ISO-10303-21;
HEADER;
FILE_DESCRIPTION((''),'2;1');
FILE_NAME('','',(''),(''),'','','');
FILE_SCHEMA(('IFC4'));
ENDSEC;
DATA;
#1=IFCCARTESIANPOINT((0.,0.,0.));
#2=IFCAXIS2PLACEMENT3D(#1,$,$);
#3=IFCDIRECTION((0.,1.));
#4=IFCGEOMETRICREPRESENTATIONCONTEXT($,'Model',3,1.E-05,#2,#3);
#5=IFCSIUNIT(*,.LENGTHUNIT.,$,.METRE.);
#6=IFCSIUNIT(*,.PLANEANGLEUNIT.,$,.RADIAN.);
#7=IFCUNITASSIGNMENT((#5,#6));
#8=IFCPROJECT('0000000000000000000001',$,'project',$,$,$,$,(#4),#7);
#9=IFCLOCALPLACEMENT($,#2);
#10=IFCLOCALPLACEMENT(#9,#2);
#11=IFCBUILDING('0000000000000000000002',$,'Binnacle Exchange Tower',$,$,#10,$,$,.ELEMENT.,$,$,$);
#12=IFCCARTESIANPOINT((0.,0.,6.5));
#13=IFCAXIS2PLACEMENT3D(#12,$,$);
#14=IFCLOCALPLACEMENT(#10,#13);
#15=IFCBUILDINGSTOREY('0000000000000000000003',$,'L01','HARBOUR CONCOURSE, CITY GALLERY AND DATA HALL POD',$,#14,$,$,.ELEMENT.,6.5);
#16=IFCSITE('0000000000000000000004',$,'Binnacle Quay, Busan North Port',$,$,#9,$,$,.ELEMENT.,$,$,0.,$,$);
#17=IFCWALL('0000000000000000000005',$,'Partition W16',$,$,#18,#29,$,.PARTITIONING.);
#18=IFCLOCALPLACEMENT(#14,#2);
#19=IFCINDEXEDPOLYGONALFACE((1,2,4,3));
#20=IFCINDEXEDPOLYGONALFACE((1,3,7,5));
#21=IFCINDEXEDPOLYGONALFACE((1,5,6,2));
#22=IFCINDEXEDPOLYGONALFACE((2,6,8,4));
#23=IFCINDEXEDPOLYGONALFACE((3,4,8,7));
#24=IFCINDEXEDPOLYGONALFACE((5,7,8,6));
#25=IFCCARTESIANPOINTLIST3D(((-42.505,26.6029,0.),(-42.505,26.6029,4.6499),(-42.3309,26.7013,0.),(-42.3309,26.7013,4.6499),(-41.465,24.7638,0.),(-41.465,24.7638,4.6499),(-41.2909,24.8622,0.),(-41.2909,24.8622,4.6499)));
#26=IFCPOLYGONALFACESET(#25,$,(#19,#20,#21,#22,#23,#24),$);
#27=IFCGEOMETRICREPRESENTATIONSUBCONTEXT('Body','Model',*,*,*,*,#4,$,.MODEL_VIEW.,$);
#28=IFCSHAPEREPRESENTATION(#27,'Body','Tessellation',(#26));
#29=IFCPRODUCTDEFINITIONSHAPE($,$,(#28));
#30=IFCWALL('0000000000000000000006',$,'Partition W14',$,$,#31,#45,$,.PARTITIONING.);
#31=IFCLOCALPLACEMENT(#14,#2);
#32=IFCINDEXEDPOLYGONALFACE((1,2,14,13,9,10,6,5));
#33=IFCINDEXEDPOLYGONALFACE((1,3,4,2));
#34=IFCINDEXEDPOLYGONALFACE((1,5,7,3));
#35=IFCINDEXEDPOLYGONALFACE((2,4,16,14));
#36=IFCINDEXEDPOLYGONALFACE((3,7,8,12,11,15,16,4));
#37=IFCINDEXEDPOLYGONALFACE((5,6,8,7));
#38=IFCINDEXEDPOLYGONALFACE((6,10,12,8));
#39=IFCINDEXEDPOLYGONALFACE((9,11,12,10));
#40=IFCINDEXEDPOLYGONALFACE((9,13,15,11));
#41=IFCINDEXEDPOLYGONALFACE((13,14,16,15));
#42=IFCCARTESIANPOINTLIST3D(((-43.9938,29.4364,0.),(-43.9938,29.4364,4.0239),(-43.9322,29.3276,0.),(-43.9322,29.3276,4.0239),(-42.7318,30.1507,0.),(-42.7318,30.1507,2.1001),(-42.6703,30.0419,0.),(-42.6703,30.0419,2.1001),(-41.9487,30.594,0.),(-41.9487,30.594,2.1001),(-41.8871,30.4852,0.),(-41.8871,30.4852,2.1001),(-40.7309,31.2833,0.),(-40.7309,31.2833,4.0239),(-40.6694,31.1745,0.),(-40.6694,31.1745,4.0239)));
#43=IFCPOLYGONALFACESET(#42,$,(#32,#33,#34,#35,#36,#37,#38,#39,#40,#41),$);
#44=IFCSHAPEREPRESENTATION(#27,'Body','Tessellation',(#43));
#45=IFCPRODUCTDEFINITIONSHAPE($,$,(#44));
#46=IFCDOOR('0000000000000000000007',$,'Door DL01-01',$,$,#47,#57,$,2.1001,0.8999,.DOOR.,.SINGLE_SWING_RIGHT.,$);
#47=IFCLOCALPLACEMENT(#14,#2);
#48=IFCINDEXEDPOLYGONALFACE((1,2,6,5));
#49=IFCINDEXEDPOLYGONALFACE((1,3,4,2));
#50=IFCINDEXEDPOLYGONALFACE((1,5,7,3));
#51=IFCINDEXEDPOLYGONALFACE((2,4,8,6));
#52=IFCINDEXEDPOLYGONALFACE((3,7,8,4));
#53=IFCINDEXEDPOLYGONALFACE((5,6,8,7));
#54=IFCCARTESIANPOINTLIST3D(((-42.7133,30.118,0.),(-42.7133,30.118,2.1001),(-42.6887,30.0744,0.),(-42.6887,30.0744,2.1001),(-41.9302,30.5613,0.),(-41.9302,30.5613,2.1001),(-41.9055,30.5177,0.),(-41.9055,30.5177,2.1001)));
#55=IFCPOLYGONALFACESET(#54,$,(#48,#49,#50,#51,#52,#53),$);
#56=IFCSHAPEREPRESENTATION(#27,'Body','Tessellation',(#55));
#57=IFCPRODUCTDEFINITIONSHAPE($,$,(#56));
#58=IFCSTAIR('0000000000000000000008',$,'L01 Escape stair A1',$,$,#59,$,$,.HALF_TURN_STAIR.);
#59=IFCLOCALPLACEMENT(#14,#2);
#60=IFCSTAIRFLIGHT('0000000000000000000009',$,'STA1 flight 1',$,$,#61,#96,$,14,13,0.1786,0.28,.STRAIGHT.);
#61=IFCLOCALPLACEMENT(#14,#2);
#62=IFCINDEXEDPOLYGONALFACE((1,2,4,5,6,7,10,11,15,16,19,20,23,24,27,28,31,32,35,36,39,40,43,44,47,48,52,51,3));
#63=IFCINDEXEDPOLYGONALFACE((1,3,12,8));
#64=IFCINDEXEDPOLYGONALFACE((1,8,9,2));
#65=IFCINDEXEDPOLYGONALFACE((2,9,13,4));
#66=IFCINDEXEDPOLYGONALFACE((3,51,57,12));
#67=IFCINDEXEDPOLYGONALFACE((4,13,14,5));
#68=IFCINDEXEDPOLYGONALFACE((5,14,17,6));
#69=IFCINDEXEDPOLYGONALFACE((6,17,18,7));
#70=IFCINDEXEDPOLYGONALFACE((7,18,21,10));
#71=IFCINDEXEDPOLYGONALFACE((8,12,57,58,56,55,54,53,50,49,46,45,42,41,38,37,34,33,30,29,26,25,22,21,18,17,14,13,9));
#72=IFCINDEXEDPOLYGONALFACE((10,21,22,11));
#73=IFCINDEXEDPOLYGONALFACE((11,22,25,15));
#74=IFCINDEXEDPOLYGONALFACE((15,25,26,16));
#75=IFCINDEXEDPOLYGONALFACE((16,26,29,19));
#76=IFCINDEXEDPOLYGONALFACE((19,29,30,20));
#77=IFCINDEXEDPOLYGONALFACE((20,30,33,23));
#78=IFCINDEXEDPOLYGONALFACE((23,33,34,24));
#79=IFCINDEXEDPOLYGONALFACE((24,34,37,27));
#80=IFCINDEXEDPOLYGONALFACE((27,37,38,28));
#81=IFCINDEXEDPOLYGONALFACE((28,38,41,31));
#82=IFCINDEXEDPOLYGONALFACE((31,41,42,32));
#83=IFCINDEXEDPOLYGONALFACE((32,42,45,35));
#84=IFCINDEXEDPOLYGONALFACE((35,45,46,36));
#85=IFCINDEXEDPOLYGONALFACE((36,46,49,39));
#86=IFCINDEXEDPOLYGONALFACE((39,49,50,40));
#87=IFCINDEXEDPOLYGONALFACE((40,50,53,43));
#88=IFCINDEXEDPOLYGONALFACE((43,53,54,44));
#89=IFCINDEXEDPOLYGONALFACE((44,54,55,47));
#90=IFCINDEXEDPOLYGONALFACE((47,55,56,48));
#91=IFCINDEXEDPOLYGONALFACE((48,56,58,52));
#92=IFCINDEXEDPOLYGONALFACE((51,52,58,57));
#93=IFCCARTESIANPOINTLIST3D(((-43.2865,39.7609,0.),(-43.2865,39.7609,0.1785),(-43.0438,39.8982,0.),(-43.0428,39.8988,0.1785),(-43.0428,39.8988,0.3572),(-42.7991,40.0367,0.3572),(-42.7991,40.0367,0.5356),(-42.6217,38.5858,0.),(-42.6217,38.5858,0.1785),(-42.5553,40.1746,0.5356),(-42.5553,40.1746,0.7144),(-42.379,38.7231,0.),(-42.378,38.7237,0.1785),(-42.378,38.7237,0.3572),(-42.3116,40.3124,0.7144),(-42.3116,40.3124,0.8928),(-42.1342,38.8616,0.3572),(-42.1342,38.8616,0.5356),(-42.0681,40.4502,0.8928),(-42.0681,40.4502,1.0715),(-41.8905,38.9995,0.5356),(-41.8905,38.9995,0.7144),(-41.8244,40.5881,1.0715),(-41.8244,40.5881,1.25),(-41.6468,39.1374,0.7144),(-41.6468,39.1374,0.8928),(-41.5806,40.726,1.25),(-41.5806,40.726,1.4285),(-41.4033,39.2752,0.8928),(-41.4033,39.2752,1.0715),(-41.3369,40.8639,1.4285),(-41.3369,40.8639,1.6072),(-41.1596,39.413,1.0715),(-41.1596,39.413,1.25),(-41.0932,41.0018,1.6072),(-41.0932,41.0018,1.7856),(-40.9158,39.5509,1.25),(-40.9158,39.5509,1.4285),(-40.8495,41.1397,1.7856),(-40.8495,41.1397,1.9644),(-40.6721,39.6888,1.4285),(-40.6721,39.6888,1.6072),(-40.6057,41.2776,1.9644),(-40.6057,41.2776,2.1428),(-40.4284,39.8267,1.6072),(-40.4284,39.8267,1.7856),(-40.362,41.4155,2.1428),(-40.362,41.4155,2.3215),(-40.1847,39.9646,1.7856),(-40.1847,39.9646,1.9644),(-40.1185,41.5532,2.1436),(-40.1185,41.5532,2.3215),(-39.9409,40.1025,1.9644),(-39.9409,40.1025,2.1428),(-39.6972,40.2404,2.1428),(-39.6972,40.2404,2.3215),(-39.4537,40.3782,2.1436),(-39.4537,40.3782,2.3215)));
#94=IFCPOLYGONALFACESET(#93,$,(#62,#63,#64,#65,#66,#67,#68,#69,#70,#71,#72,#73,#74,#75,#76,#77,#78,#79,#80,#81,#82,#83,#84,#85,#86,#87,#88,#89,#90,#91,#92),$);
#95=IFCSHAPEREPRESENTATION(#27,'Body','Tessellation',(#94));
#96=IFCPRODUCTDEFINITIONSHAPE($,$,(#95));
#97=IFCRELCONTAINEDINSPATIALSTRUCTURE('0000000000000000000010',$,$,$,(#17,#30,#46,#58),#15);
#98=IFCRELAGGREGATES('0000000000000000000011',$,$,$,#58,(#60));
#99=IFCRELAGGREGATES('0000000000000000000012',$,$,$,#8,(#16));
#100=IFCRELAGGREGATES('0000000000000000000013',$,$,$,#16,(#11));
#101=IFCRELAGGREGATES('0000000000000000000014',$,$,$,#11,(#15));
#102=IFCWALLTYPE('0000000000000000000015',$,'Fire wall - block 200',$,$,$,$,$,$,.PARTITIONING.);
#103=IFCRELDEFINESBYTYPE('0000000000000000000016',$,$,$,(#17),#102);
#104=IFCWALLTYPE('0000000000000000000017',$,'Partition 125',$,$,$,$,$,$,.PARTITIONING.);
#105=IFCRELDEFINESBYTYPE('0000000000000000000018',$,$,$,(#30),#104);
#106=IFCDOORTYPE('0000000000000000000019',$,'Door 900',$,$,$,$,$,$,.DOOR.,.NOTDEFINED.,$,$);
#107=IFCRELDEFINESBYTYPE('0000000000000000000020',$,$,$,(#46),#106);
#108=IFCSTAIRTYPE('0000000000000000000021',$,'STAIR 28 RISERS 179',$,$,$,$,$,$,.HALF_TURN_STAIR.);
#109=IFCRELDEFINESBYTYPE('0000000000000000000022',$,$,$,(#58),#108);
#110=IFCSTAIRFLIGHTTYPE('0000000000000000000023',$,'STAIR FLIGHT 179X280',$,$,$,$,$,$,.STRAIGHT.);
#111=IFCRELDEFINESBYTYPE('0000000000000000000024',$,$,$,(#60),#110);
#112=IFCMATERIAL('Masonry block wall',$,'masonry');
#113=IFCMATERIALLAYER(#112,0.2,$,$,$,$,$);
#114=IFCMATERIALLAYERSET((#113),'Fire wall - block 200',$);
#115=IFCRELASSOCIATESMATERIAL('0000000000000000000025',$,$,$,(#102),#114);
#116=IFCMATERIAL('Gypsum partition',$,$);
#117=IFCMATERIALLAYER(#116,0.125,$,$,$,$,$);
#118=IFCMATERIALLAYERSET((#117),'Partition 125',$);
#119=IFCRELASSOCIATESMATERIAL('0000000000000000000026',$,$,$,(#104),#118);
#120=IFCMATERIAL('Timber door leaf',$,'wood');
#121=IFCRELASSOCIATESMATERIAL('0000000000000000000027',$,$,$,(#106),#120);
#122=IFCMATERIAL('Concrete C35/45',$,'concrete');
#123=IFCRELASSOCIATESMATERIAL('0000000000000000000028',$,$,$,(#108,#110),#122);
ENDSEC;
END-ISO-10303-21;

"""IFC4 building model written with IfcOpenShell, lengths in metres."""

from ifc_helpers import new_model, si_unit, direction, frame, frame_2d, origin, place, context, subcontext, project, spatial, polyline, rectangle, outline, extrude, material, layer, layer_set, type_object, element, fill, aggregate, save


model = new_model("IFC4")

# Units and contexts
model_context = context("Model", 3, precision=1e-05, world=origin(), true_north=direction((0.0, 1.0)))
body_context = subcontext(model_context, "Body", "Model", "MODEL_VIEW")
ifc_project = project(units=[si_unit("LENGTHUNIT", "METRE"), si_unit("PLANEANGLEUNIT", "RADIAN")], contexts=[model_context])

# Site, building, storey
site_placement = place(None, origin())
site = spatial("IfcSite", under=ifc_project, at=site_placement, Name="Binnacle Quay, Busan North Port", CompositionType="ELEMENT", RefElevation=0.0)
building_placement = place(site_placement, origin())
building = spatial("IfcBuilding", under=site, at=building_placement, Name="Binnacle Exchange Tower", CompositionType="ELEMENT")
storey_placement = place(building_placement, frame((0.0, 0.0, 6.5)))
storey = spatial("IfcBuildingStorey", under=building, at=storey_placement, Name="L01", Description="HARBOUR CONCOURSE, CITY GALLERY AND DATA HALL POD", CompositionType="ELEMENT", Elevation=6.5)

# Wall
ifc_material_1 = material(Name="Masonry block wall", Category="masonry")
ifc_layer_1 = layer(ifc_material_1, 0.2)
ifc_layer_set_1 = layer_set([ifc_layer_1], Name="Fire wall - block 200")
wall_type_1 = type_object("IfcWallType", Name="Fire wall - block 200", PredefinedType="PARTITIONING", material=ifc_layer_set_1)
wall_1_placement = place(storey_placement, frame((-42.418, 26.6521, 0.0), z_axis=(0.0, 0.0, 1.0), x_axis=(0.492251, -0.870453, 0.0)))
element("IfcWall", 1, at=wall_1_placement, inside=storey, type_object=wall_type_1, Name="Partition W16", PredefinedType="PARTITIONING", context=body_context, shape_type="SweptSolid", body=[
    extrude(rectangle(XDim=2.1128, YDim=0.2, at=frame_2d((1.0564, 0.0))), origin(), (0.0, 0.0, 1.0), 4.6499),
])

# Wall, opening, door
ifc_material_2 = material(Name="Gypsum partition")
ifc_layer_2 = layer(ifc_material_2, 0.125)
ifc_layer_set_2 = layer_set([ifc_layer_2], Name="Partition 125")
wall_type_2 = type_object("IfcWallType", Name="Partition 125", PredefinedType="PARTITIONING", material=ifc_layer_set_2)
wall_2_placement = place(storey_placement, frame((-43.9629, 29.3821, 0.0), z_axis=(0.0, 0.0, 1.0), x_axis=(0.870259, 0.492594, 0.0)))
wall_2 = element("IfcWall", 2, at=wall_2_placement, inside=storey, type_object=wall_type_2, Name="Partition W14", PredefinedType="PARTITIONING", context=body_context, shape_type="SweptSolid", body=[
    extrude(rectangle(XDim=3.7493, YDim=0.125, at=frame_2d((1.8745, 0.0))), origin(), (0.0, 0.0, 1.0), 4.0239),
])
opening_1_placement = place(wall_2_placement, frame((1.45, 0.0, 0.0)))
opening_1 = element("IfcOpeningElement", 3, at=opening_1_placement, cuts=wall_2, PredefinedType="OPENING", context=body_context, shape_type="SweptSolid", body=[
    extrude(rectangle(XDim=0.8999, YDim=2.1001, at=frame_2d((0.45, 1.05))), frame((0.0, 0.0725, 0.0), z_axis=(0.0, -1.0, 0.0), x_axis=(1.0, 0.0, 0.0)), (0.0, 0.0, 1.0), 0.145),
])
ifc_material_3 = material(Name="Timber door leaf", Category="wood")
door_type_1 = type_object("IfcDoorType", Name="Door 900", OperationType="NOTDEFINED", PredefinedType="DOOR", material=ifc_material_3)
door_1_placement = place(opening_1_placement, origin())
door_1 = element("IfcDoor", 4, at=door_1_placement, inside=storey, type_object=door_type_1, Name="Door DL01-01", OperationType="SINGLE_SWING_RIGHT", OverallHeight=2.1001, OverallWidth=0.8999, PredefinedType="DOOR", context=body_context, shape_type="SweptSolid", body=[
    extrude(rectangle(XDim=0.8999, YDim=2.1001, at=frame_2d((0.45, 1.05))), frame((0.0, 0.0249, 0.0), z_axis=(0.0, -1.0, 0.0), x_axis=(1.0, 0.0, 0.0)), (0.0, 0.0, 1.0), 0.05),
])
fill(opening_1, door_1)

# Stair, stair flight
ifc_material_4 = material(Name="Concrete C35/45", Category="concrete")
stair_type = type_object("IfcStairType", Name="STAIR 28 RISERS 179", PredefinedType="HALF_TURN_STAIR", material=ifc_material_4)
stair_placement = place(storey_placement, origin())
stair = element("IfcStair", 5, at=stair_placement, inside=storey, type_object=stair_type, Name="L01 Escape stair A1", PredefinedType="HALF_TURN_STAIR")
stair_flight_type = type_object("IfcStairFlightType", Name="STAIR FLIGHT 179X280", PredefinedType="STRAIGHT", material=ifc_material_4)
stair_flight_placement = place(storey_placement, frame((-42.9541, 39.1733, 0.0), z_axis=(0.0, 0.0, 1.0), x_axis=(0.870356, 0.492424, 0.0)))
stair_flight = element("IfcStairFlight", 6, at=stair_flight_placement, type_object=stair_flight_type, Name="STA1 flight 1", NumberOfRisers=14, NumberOfTreads=13, PredefinedType="STRAIGHT", RiserHeight=0.1786, TreadLength=0.28, context=body_context, shape_type="SweptSolid", body=[
    extrude(outline(polyline([(0.0, 0.0), (0.0, 0.1785), (0.28, 0.1785), (0.28, 0.3572), (0.5601, 0.3572), (0.5601, 0.5356), (0.8401, 0.5356), (0.8401, 0.7144), (1.1201, 0.7144), (1.1201, 0.8928), (1.3999, 0.8928), (1.3999, 1.0715), (1.6799, 1.0715), (1.6799, 1.25), (1.96, 1.25), (1.96, 1.4285), (2.24, 1.4285), (2.24, 1.6072), (2.52, 1.6072), (2.52, 1.7856), (2.8, 1.7856), (2.8, 1.9644), (3.0801, 1.9644), (3.0801, 2.1428), (3.3601, 2.1428), (3.3601, 2.3215), (3.6399, 2.3215), (3.6399, 2.5), (3.6399, 2.1436), (0.2788, 0.0), (0.0, 0.0)])), frame((0.0, 0.675, 0.0), z_axis=(0.0, -1.0, 0.0), x_axis=(1.0, 0.0, 0.0)), (0.0, 0.0, 1.0), 1.3501),
])
aggregate(stair, [stair_flight])

save(model, "model.ifc")
